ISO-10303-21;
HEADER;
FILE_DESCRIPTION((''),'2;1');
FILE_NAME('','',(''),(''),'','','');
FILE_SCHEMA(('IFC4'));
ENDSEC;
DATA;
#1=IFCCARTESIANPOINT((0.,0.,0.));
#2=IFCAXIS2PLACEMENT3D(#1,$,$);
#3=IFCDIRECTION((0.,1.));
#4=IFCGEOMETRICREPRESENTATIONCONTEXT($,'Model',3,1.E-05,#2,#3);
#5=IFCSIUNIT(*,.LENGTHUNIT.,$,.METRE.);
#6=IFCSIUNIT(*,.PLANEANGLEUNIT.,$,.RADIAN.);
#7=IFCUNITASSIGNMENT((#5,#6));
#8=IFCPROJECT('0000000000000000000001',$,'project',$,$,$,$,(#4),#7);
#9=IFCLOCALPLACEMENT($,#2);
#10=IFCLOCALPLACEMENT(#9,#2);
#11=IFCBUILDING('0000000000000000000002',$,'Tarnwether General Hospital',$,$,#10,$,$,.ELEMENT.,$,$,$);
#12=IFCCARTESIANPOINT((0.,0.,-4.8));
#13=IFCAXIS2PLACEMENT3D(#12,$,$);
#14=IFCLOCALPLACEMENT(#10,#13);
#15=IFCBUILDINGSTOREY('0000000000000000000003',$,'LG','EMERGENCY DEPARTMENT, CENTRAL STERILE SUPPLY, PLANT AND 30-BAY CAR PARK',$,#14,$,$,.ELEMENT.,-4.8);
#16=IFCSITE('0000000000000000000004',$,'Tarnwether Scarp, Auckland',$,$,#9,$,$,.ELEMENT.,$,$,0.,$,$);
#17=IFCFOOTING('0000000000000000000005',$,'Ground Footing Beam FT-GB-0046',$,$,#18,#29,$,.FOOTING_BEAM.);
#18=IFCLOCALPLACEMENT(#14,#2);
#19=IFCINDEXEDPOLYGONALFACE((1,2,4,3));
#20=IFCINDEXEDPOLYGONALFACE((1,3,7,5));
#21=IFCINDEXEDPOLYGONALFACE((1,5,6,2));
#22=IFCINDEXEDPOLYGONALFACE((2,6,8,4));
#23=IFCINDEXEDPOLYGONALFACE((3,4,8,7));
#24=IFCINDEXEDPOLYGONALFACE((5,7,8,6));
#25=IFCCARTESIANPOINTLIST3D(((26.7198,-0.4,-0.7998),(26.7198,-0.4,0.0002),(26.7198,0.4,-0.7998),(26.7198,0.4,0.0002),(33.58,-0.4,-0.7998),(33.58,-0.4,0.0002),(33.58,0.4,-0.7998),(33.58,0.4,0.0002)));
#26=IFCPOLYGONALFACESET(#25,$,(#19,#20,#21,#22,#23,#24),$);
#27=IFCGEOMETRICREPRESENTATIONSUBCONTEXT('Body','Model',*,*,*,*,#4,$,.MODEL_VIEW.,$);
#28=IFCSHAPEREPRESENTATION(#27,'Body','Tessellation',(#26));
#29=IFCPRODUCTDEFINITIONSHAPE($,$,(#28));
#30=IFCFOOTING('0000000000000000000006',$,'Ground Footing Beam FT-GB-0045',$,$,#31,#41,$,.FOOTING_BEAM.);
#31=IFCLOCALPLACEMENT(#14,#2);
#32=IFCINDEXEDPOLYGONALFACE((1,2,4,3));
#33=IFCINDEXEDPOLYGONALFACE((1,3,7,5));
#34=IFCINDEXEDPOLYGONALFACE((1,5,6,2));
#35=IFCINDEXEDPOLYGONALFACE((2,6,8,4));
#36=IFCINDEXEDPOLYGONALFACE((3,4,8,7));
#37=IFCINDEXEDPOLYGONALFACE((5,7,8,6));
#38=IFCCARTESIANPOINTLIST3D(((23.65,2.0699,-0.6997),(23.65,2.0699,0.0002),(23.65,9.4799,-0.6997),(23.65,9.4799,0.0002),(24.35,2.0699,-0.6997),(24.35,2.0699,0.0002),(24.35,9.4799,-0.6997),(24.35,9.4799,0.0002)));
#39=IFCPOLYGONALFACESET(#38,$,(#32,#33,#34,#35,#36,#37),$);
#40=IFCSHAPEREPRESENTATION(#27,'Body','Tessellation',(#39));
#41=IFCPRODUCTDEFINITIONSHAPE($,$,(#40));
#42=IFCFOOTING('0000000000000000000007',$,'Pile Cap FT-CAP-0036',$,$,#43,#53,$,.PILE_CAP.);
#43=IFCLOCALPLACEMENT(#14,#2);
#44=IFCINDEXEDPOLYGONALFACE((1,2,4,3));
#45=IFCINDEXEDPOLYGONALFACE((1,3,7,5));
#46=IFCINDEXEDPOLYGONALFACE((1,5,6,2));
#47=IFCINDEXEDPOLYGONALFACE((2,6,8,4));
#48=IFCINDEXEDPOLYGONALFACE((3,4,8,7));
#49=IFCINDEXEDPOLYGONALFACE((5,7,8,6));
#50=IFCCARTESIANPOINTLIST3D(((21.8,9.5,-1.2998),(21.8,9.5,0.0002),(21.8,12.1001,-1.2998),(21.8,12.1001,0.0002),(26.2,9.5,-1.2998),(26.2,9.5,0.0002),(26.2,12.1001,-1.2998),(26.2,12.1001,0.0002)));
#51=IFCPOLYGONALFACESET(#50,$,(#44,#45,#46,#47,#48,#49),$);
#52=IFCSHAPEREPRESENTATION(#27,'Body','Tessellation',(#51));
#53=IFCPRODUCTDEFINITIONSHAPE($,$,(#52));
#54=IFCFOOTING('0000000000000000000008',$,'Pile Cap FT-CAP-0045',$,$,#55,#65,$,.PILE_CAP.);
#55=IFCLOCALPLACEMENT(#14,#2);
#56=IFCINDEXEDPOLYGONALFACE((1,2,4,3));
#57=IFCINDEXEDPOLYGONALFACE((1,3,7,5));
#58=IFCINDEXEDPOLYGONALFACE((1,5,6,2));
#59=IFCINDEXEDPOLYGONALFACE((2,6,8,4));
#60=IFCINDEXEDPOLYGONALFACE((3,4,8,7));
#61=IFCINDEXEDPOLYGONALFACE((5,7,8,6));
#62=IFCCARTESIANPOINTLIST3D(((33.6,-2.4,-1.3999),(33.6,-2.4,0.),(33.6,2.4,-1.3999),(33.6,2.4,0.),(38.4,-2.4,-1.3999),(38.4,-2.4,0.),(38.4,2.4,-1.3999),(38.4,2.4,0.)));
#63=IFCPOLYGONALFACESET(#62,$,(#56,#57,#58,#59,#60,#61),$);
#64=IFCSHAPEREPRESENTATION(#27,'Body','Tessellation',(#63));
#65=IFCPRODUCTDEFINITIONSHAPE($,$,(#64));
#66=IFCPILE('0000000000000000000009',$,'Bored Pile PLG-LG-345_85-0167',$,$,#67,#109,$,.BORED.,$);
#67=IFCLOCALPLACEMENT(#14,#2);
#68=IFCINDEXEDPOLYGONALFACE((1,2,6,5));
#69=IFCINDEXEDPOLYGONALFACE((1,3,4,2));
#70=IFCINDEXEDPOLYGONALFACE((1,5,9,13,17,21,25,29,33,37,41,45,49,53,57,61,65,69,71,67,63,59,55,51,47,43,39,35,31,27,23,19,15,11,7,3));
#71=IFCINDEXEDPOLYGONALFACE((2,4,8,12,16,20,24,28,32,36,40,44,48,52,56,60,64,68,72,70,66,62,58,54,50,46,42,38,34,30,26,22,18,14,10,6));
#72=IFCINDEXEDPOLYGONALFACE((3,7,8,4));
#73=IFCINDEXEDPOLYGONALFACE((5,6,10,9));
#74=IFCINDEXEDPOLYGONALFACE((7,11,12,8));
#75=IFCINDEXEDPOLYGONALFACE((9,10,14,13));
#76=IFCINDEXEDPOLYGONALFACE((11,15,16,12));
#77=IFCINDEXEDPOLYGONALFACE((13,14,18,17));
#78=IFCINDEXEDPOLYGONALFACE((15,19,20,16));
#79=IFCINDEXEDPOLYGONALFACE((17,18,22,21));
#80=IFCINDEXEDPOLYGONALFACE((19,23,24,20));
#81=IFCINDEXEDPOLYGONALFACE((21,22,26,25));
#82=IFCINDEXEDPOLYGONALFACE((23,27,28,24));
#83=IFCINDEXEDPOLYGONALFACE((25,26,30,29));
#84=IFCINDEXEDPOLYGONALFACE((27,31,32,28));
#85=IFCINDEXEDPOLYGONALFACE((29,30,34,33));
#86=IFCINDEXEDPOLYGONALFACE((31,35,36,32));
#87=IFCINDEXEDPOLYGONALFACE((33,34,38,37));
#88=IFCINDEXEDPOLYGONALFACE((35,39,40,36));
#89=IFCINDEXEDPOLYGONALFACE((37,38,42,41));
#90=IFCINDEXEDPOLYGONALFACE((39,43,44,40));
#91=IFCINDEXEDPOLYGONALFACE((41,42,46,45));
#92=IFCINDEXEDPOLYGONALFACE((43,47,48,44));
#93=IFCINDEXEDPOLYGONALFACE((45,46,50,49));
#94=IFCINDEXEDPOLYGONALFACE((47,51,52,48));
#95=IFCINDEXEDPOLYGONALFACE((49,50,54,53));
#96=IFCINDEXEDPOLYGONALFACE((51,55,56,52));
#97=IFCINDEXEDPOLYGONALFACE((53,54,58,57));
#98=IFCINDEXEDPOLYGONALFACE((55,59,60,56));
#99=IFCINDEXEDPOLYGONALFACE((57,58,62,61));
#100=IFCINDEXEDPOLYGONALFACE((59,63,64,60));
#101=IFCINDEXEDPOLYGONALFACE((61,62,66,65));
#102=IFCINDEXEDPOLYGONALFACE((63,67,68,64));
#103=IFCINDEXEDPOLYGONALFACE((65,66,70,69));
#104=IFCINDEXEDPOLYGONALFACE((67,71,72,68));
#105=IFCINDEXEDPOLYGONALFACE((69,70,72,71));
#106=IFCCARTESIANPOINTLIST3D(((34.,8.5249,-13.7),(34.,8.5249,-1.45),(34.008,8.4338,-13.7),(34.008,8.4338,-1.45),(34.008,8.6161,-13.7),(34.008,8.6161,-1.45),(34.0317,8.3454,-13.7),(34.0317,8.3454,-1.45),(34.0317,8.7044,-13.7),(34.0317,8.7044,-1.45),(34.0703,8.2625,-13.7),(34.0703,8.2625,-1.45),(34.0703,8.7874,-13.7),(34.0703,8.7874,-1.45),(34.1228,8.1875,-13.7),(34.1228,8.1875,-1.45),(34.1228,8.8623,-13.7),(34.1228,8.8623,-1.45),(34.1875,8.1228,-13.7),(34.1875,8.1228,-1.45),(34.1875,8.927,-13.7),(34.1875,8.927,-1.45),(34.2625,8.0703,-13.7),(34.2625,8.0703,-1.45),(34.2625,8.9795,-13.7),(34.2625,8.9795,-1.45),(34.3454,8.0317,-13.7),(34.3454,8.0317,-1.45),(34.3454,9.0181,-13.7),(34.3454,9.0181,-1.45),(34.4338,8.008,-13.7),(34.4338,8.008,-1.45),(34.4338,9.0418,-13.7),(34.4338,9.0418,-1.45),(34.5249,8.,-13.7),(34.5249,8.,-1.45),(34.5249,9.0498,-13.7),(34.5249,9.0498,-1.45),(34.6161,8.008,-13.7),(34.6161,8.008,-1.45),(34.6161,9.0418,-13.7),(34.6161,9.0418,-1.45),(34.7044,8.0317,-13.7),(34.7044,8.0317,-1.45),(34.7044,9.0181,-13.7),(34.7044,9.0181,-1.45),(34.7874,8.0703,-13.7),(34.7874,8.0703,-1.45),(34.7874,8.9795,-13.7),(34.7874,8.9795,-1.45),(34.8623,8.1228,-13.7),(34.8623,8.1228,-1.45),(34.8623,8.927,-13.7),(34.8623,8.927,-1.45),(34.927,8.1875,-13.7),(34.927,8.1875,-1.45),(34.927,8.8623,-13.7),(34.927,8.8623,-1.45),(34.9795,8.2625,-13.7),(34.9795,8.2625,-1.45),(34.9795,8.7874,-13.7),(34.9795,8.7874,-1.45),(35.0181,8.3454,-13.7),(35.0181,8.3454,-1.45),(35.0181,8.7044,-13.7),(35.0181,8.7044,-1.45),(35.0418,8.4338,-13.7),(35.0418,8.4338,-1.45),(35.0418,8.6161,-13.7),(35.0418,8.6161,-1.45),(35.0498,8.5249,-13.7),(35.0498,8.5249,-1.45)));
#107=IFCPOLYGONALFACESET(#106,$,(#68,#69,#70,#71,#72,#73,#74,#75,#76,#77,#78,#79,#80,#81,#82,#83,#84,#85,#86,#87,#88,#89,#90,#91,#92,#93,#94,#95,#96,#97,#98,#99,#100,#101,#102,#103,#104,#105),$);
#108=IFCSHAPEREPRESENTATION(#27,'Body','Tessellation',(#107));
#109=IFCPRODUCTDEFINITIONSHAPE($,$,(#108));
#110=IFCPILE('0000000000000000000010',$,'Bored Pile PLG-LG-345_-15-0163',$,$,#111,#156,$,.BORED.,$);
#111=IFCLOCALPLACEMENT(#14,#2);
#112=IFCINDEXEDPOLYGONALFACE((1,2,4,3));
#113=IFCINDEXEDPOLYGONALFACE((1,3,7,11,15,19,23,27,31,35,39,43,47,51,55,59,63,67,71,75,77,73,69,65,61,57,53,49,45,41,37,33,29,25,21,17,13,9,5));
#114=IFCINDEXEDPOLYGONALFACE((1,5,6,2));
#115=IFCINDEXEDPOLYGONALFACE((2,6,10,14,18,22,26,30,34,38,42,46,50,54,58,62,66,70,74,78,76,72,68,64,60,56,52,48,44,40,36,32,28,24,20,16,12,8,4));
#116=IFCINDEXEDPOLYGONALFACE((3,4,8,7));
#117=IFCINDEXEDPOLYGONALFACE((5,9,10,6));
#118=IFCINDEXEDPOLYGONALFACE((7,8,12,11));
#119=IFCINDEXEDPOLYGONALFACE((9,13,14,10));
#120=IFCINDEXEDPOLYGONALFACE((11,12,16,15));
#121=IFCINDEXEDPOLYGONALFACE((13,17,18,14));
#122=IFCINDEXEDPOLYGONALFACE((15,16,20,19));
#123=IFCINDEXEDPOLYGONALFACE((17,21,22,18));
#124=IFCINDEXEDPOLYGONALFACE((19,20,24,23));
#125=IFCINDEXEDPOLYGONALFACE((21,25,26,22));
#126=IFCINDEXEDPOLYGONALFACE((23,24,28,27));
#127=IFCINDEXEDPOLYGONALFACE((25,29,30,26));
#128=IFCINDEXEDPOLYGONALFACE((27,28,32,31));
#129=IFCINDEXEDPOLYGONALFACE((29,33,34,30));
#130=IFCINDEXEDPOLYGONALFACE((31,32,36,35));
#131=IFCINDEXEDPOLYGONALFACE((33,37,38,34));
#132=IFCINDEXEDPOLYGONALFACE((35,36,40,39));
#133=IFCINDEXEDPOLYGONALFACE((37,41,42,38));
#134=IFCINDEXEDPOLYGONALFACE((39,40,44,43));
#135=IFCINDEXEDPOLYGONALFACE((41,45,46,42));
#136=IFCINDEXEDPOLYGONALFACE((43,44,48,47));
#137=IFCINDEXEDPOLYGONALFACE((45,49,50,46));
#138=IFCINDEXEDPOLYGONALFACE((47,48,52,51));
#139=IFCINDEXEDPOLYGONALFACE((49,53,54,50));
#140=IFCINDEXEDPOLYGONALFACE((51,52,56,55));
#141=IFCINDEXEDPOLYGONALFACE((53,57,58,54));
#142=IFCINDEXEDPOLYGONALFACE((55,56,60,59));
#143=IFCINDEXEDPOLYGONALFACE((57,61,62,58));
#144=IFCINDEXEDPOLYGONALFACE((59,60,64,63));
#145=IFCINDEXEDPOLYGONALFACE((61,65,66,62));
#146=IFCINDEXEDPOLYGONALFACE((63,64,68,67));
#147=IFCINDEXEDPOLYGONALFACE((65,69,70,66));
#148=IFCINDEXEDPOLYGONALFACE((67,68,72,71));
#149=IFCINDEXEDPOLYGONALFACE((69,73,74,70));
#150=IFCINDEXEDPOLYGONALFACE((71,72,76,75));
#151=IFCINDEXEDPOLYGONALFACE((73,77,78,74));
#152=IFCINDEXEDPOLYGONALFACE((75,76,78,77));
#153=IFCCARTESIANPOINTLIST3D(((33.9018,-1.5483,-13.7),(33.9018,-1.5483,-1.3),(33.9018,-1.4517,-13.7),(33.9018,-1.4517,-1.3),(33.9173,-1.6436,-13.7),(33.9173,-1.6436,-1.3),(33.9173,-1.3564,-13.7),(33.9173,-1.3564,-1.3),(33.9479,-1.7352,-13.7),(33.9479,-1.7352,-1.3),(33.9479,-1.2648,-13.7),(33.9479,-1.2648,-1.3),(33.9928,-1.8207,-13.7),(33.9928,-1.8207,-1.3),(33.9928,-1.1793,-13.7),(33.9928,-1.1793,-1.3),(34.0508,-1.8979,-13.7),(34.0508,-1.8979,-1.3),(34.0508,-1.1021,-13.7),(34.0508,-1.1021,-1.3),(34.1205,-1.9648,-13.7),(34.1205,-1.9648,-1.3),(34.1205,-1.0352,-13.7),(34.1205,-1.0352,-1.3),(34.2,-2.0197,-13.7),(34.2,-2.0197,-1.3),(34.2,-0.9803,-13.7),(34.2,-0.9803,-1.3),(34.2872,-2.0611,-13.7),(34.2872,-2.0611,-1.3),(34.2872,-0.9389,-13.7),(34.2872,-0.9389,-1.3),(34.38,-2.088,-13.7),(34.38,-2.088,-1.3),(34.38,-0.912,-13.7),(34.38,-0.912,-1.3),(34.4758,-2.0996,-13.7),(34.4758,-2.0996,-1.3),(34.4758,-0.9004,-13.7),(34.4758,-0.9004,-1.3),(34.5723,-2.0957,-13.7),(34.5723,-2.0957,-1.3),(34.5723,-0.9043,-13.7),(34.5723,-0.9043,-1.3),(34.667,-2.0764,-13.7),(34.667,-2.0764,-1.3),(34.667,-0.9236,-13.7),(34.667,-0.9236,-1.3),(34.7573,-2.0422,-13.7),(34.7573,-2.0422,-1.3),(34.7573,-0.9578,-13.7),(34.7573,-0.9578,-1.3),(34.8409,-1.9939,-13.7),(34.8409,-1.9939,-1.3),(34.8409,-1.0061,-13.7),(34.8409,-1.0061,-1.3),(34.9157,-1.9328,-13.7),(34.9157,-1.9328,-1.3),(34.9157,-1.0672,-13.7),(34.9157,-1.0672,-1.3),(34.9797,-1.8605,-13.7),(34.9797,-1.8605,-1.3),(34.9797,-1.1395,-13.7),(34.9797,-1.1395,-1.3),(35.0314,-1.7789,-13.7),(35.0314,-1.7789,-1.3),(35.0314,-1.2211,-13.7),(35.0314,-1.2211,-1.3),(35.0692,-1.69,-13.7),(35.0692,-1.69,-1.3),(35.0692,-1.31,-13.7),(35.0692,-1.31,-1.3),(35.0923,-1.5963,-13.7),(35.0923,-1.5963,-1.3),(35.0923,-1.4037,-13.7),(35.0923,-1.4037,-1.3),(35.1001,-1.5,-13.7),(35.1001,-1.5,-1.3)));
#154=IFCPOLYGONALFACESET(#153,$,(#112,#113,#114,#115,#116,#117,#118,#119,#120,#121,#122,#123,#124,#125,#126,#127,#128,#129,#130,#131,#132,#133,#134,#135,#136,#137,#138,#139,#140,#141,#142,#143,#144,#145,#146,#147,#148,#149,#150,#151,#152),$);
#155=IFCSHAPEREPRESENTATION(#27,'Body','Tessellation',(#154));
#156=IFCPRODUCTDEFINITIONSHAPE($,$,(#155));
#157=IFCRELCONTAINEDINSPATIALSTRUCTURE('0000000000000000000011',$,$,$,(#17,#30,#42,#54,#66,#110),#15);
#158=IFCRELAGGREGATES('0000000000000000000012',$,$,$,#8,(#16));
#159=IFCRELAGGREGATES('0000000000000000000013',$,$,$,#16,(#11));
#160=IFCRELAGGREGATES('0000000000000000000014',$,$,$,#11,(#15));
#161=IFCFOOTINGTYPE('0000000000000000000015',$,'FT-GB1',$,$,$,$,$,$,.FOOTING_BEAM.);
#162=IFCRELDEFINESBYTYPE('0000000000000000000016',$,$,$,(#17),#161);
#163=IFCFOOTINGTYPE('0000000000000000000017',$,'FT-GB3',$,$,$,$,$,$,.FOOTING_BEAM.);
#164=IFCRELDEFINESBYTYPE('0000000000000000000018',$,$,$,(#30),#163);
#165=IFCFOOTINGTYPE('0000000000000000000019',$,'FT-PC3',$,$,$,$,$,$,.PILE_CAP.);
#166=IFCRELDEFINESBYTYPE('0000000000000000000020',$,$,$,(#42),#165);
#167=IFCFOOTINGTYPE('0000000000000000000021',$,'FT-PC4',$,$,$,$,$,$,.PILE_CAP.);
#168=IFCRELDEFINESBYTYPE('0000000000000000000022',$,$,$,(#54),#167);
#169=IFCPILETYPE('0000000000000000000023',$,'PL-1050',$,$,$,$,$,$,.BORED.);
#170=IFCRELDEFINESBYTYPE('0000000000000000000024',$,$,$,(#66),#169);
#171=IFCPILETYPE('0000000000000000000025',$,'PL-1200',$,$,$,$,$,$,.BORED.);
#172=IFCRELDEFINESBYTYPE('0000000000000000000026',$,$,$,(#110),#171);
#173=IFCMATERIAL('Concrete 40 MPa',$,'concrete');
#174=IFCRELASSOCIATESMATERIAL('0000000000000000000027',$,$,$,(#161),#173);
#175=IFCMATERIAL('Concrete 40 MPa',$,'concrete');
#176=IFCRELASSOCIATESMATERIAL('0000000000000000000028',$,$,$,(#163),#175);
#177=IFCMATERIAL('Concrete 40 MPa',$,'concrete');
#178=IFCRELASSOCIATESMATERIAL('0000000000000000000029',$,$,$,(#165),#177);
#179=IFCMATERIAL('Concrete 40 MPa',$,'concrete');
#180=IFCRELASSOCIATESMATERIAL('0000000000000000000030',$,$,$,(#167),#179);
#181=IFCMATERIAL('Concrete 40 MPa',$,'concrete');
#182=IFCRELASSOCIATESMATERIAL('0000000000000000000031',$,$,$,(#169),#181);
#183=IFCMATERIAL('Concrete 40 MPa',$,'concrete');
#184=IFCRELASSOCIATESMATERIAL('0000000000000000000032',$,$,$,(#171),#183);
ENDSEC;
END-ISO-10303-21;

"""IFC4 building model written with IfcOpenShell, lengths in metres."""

from ifc_helpers import new_model, si_unit, direction, frame, origin, origin_2d, place, context, subcontext, project, spatial, rectangle, circle, extrude, material, material_profile, profile_set, type_object, element, save


model = new_model("IFC4")

# Units and contexts
model_context = context("Model", 3, precision=1e-05, world=origin(), true_north=direction((0.0, 1.0)))
body_context = subcontext(model_context, "Body", "Model", "MODEL_VIEW")
ifc_project = project(units=[si_unit("LENGTHUNIT", "METRE"), si_unit("PLANEANGLEUNIT", "RADIAN")], contexts=[model_context])

# Site, building, storey
site_placement = place(None, origin())
site = spatial("IfcSite", under=ifc_project, at=site_placement, Name="Tarnwether Scarp, Auckland", CompositionType="ELEMENT", RefElevation=0.0)
building_placement = place(site_placement, origin())
building = spatial("IfcBuilding", under=site, at=building_placement, Name="Tarnwether General Hospital", CompositionType="ELEMENT")
storey_placement = place(building_placement, frame((0.0, 0.0, -4.8)))
storey = spatial("IfcBuildingStorey", under=building, at=storey_placement, Name="LG", Description="EMERGENCY DEPARTMENT, CENTRAL STERILE SUPPLY, PLANT AND 30-BAY CAR PARK", CompositionType="ELEMENT", Elevation=-4.8)

# Footings
ifc_material_1 = material(Name="Concrete 40 MPa", Category="concrete")
footing_type_1 = type_object("IfcFootingType", Name="FT-GB1", PredefinedType="FOOTING_BEAM", material=ifc_material_1)
footing_1_placement = place(storey_placement, frame((30.1499, 0.0, -0.7998), z_axis=(0.0, 0.0, 1.0), x_axis=(1.0, 0.0, 0.0)))
element("IfcFooting", 1, at=footing_1_placement, inside=storey, type_object=footing_type_1, Name="Ground Footing Beam FT-GB-0046", PredefinedType="FOOTING_BEAM", context=body_context, shape_type="SweptSolid", body=[
    extrude(rectangle(XDim=6.8601, YDim=0.8, at=origin_2d()), origin(), (0.0, 0.0, 1.0), 0.8),
])
ifc_material_2 = material(Name="Concrete 40 MPa", Category="concrete")
footing_type_2 = type_object("IfcFootingType", Name="FT-GB3", PredefinedType="FOOTING_BEAM", material=ifc_material_2)
footing_2_placement = place(storey_placement, frame((24.0, 5.7749, -0.6997), z_axis=(0.0, 0.0, 1.0), x_axis=(0.0, 1.0, 0.0)))
element("IfcFooting", 2, at=footing_2_placement, inside=storey, type_object=footing_type_2, Name="Ground Footing Beam FT-GB-0045", PredefinedType="FOOTING_BEAM", context=body_context, shape_type="SweptSolid", body=[
    extrude(rectangle(XDim=7.4099, YDim=0.7, at=origin_2d()), origin(), (0.0, 0.0, 1.0), 0.7),
])
ifc_material_3 = material(Name="Concrete 40 MPa", Category="concrete")
footing_type_3 = type_object("IfcFootingType", Name="FT-PC3", PredefinedType="PILE_CAP", material=ifc_material_3)
footing_3_placement = place(storey_placement, frame((24.0, 10.8, -1.2998), z_axis=(0.0, 0.0, 1.0), x_axis=(1.0, 0.0, 0.0)))
element("IfcFooting", 3, at=footing_3_placement, inside=storey, type_object=footing_type_3, Name="Pile Cap FT-CAP-0036", PredefinedType="PILE_CAP", context=body_context, shape_type="SweptSolid", body=[
    extrude(rectangle(XDim=4.3999, YDim=2.6001, at=origin_2d()), origin(), (0.0, 0.0, 1.0), 1.3),
])
ifc_material_4 = material(Name="Concrete 40 MPa", Category="concrete")
footing_type_4 = type_object("IfcFootingType", Name="FT-PC4", PredefinedType="PILE_CAP", material=ifc_material_4)
footing_4_placement = place(storey_placement, frame((36.0, 0.0, -1.3999), z_axis=(0.0, 0.0, 1.0), x_axis=(0.0, 1.0, 0.0)))
element("IfcFooting", 4, at=footing_4_placement, inside=storey, type_object=footing_type_4, Name="Pile Cap FT-CAP-0045", PredefinedType="PILE_CAP", context=body_context, shape_type="SweptSolid", body=[
    extrude(rectangle(XDim=4.8, YDim=4.8, at=origin_2d()), origin(), (0.0, 0.0, 1.0), 1.3999),
])

# Piles
ifc_material_5 = material(Name="Concrete 40 MPa", Category="concrete")
ifc_material_profile_1 = material_profile(ifc_material_5, circle(Radius=0.5249, at=origin_2d()), Name="PILE-D1050")
ifc_profile_set_1 = profile_set([ifc_material_profile_1], Name="Concrete 40 MPa")
pile_type_1 = type_object("IfcPileType", Name="PL-1050", PredefinedType="BORED", material=ifc_profile_set_1)
pile_placement = place(storey_placement, frame((34.5249, 8.5249, -1.45), z_axis=(0.0, 0.0, -1.0), x_axis=(1.0, 0.0, 0.0)))
element("IfcPile", 5, at=pile_placement, inside=storey, type_object=pile_type_1, Name="Bored Pile PLG-LG-345_85-0167", PredefinedType="BORED", context=body_context, shape_type="SweptSolid", body=[
    extrude(circle(Radius=0.5249, at=origin_2d()), origin(), (0.0, 0.0, 1.0), 12.25),
])
ifc_material_6 = material(Name="Concrete 40 MPa", Category="concrete")
ifc_material_profile_2 = material_profile(ifc_material_6, circle(Radius=0.6001, at=origin_2d()), Name="PILE-D1200")
ifc_profile_set_2 = profile_set([ifc_material_profile_2], Name="Concrete 40 MPa")
pile_type_2 = type_object("IfcPileType", Name="PL-1200", PredefinedType="BORED", material=ifc_profile_set_2)
for number, where, z_axis, x_axis, name in (
    (6, (34.5, -1.5, -1.3), (0.0, 0.0, -1.0), (1.0, 0.0, 0.0), "Bored Pile PLG-LG-345_-15-0163"),
):
    element("IfcPile", number, at=place(storey_placement, frame(where, z_axis=z_axis, x_axis=x_axis)), inside=storey, type_object=pile_type_2, Name=name, PredefinedType="BORED", context=body_context, shape_type="SweptSolid", body=[
        extrude(circle(Radius=0.6001, at=origin_2d()), origin(), (0.0, 0.0, 1.0), 12.3999),
    ])

save(model, "model.ifc")
